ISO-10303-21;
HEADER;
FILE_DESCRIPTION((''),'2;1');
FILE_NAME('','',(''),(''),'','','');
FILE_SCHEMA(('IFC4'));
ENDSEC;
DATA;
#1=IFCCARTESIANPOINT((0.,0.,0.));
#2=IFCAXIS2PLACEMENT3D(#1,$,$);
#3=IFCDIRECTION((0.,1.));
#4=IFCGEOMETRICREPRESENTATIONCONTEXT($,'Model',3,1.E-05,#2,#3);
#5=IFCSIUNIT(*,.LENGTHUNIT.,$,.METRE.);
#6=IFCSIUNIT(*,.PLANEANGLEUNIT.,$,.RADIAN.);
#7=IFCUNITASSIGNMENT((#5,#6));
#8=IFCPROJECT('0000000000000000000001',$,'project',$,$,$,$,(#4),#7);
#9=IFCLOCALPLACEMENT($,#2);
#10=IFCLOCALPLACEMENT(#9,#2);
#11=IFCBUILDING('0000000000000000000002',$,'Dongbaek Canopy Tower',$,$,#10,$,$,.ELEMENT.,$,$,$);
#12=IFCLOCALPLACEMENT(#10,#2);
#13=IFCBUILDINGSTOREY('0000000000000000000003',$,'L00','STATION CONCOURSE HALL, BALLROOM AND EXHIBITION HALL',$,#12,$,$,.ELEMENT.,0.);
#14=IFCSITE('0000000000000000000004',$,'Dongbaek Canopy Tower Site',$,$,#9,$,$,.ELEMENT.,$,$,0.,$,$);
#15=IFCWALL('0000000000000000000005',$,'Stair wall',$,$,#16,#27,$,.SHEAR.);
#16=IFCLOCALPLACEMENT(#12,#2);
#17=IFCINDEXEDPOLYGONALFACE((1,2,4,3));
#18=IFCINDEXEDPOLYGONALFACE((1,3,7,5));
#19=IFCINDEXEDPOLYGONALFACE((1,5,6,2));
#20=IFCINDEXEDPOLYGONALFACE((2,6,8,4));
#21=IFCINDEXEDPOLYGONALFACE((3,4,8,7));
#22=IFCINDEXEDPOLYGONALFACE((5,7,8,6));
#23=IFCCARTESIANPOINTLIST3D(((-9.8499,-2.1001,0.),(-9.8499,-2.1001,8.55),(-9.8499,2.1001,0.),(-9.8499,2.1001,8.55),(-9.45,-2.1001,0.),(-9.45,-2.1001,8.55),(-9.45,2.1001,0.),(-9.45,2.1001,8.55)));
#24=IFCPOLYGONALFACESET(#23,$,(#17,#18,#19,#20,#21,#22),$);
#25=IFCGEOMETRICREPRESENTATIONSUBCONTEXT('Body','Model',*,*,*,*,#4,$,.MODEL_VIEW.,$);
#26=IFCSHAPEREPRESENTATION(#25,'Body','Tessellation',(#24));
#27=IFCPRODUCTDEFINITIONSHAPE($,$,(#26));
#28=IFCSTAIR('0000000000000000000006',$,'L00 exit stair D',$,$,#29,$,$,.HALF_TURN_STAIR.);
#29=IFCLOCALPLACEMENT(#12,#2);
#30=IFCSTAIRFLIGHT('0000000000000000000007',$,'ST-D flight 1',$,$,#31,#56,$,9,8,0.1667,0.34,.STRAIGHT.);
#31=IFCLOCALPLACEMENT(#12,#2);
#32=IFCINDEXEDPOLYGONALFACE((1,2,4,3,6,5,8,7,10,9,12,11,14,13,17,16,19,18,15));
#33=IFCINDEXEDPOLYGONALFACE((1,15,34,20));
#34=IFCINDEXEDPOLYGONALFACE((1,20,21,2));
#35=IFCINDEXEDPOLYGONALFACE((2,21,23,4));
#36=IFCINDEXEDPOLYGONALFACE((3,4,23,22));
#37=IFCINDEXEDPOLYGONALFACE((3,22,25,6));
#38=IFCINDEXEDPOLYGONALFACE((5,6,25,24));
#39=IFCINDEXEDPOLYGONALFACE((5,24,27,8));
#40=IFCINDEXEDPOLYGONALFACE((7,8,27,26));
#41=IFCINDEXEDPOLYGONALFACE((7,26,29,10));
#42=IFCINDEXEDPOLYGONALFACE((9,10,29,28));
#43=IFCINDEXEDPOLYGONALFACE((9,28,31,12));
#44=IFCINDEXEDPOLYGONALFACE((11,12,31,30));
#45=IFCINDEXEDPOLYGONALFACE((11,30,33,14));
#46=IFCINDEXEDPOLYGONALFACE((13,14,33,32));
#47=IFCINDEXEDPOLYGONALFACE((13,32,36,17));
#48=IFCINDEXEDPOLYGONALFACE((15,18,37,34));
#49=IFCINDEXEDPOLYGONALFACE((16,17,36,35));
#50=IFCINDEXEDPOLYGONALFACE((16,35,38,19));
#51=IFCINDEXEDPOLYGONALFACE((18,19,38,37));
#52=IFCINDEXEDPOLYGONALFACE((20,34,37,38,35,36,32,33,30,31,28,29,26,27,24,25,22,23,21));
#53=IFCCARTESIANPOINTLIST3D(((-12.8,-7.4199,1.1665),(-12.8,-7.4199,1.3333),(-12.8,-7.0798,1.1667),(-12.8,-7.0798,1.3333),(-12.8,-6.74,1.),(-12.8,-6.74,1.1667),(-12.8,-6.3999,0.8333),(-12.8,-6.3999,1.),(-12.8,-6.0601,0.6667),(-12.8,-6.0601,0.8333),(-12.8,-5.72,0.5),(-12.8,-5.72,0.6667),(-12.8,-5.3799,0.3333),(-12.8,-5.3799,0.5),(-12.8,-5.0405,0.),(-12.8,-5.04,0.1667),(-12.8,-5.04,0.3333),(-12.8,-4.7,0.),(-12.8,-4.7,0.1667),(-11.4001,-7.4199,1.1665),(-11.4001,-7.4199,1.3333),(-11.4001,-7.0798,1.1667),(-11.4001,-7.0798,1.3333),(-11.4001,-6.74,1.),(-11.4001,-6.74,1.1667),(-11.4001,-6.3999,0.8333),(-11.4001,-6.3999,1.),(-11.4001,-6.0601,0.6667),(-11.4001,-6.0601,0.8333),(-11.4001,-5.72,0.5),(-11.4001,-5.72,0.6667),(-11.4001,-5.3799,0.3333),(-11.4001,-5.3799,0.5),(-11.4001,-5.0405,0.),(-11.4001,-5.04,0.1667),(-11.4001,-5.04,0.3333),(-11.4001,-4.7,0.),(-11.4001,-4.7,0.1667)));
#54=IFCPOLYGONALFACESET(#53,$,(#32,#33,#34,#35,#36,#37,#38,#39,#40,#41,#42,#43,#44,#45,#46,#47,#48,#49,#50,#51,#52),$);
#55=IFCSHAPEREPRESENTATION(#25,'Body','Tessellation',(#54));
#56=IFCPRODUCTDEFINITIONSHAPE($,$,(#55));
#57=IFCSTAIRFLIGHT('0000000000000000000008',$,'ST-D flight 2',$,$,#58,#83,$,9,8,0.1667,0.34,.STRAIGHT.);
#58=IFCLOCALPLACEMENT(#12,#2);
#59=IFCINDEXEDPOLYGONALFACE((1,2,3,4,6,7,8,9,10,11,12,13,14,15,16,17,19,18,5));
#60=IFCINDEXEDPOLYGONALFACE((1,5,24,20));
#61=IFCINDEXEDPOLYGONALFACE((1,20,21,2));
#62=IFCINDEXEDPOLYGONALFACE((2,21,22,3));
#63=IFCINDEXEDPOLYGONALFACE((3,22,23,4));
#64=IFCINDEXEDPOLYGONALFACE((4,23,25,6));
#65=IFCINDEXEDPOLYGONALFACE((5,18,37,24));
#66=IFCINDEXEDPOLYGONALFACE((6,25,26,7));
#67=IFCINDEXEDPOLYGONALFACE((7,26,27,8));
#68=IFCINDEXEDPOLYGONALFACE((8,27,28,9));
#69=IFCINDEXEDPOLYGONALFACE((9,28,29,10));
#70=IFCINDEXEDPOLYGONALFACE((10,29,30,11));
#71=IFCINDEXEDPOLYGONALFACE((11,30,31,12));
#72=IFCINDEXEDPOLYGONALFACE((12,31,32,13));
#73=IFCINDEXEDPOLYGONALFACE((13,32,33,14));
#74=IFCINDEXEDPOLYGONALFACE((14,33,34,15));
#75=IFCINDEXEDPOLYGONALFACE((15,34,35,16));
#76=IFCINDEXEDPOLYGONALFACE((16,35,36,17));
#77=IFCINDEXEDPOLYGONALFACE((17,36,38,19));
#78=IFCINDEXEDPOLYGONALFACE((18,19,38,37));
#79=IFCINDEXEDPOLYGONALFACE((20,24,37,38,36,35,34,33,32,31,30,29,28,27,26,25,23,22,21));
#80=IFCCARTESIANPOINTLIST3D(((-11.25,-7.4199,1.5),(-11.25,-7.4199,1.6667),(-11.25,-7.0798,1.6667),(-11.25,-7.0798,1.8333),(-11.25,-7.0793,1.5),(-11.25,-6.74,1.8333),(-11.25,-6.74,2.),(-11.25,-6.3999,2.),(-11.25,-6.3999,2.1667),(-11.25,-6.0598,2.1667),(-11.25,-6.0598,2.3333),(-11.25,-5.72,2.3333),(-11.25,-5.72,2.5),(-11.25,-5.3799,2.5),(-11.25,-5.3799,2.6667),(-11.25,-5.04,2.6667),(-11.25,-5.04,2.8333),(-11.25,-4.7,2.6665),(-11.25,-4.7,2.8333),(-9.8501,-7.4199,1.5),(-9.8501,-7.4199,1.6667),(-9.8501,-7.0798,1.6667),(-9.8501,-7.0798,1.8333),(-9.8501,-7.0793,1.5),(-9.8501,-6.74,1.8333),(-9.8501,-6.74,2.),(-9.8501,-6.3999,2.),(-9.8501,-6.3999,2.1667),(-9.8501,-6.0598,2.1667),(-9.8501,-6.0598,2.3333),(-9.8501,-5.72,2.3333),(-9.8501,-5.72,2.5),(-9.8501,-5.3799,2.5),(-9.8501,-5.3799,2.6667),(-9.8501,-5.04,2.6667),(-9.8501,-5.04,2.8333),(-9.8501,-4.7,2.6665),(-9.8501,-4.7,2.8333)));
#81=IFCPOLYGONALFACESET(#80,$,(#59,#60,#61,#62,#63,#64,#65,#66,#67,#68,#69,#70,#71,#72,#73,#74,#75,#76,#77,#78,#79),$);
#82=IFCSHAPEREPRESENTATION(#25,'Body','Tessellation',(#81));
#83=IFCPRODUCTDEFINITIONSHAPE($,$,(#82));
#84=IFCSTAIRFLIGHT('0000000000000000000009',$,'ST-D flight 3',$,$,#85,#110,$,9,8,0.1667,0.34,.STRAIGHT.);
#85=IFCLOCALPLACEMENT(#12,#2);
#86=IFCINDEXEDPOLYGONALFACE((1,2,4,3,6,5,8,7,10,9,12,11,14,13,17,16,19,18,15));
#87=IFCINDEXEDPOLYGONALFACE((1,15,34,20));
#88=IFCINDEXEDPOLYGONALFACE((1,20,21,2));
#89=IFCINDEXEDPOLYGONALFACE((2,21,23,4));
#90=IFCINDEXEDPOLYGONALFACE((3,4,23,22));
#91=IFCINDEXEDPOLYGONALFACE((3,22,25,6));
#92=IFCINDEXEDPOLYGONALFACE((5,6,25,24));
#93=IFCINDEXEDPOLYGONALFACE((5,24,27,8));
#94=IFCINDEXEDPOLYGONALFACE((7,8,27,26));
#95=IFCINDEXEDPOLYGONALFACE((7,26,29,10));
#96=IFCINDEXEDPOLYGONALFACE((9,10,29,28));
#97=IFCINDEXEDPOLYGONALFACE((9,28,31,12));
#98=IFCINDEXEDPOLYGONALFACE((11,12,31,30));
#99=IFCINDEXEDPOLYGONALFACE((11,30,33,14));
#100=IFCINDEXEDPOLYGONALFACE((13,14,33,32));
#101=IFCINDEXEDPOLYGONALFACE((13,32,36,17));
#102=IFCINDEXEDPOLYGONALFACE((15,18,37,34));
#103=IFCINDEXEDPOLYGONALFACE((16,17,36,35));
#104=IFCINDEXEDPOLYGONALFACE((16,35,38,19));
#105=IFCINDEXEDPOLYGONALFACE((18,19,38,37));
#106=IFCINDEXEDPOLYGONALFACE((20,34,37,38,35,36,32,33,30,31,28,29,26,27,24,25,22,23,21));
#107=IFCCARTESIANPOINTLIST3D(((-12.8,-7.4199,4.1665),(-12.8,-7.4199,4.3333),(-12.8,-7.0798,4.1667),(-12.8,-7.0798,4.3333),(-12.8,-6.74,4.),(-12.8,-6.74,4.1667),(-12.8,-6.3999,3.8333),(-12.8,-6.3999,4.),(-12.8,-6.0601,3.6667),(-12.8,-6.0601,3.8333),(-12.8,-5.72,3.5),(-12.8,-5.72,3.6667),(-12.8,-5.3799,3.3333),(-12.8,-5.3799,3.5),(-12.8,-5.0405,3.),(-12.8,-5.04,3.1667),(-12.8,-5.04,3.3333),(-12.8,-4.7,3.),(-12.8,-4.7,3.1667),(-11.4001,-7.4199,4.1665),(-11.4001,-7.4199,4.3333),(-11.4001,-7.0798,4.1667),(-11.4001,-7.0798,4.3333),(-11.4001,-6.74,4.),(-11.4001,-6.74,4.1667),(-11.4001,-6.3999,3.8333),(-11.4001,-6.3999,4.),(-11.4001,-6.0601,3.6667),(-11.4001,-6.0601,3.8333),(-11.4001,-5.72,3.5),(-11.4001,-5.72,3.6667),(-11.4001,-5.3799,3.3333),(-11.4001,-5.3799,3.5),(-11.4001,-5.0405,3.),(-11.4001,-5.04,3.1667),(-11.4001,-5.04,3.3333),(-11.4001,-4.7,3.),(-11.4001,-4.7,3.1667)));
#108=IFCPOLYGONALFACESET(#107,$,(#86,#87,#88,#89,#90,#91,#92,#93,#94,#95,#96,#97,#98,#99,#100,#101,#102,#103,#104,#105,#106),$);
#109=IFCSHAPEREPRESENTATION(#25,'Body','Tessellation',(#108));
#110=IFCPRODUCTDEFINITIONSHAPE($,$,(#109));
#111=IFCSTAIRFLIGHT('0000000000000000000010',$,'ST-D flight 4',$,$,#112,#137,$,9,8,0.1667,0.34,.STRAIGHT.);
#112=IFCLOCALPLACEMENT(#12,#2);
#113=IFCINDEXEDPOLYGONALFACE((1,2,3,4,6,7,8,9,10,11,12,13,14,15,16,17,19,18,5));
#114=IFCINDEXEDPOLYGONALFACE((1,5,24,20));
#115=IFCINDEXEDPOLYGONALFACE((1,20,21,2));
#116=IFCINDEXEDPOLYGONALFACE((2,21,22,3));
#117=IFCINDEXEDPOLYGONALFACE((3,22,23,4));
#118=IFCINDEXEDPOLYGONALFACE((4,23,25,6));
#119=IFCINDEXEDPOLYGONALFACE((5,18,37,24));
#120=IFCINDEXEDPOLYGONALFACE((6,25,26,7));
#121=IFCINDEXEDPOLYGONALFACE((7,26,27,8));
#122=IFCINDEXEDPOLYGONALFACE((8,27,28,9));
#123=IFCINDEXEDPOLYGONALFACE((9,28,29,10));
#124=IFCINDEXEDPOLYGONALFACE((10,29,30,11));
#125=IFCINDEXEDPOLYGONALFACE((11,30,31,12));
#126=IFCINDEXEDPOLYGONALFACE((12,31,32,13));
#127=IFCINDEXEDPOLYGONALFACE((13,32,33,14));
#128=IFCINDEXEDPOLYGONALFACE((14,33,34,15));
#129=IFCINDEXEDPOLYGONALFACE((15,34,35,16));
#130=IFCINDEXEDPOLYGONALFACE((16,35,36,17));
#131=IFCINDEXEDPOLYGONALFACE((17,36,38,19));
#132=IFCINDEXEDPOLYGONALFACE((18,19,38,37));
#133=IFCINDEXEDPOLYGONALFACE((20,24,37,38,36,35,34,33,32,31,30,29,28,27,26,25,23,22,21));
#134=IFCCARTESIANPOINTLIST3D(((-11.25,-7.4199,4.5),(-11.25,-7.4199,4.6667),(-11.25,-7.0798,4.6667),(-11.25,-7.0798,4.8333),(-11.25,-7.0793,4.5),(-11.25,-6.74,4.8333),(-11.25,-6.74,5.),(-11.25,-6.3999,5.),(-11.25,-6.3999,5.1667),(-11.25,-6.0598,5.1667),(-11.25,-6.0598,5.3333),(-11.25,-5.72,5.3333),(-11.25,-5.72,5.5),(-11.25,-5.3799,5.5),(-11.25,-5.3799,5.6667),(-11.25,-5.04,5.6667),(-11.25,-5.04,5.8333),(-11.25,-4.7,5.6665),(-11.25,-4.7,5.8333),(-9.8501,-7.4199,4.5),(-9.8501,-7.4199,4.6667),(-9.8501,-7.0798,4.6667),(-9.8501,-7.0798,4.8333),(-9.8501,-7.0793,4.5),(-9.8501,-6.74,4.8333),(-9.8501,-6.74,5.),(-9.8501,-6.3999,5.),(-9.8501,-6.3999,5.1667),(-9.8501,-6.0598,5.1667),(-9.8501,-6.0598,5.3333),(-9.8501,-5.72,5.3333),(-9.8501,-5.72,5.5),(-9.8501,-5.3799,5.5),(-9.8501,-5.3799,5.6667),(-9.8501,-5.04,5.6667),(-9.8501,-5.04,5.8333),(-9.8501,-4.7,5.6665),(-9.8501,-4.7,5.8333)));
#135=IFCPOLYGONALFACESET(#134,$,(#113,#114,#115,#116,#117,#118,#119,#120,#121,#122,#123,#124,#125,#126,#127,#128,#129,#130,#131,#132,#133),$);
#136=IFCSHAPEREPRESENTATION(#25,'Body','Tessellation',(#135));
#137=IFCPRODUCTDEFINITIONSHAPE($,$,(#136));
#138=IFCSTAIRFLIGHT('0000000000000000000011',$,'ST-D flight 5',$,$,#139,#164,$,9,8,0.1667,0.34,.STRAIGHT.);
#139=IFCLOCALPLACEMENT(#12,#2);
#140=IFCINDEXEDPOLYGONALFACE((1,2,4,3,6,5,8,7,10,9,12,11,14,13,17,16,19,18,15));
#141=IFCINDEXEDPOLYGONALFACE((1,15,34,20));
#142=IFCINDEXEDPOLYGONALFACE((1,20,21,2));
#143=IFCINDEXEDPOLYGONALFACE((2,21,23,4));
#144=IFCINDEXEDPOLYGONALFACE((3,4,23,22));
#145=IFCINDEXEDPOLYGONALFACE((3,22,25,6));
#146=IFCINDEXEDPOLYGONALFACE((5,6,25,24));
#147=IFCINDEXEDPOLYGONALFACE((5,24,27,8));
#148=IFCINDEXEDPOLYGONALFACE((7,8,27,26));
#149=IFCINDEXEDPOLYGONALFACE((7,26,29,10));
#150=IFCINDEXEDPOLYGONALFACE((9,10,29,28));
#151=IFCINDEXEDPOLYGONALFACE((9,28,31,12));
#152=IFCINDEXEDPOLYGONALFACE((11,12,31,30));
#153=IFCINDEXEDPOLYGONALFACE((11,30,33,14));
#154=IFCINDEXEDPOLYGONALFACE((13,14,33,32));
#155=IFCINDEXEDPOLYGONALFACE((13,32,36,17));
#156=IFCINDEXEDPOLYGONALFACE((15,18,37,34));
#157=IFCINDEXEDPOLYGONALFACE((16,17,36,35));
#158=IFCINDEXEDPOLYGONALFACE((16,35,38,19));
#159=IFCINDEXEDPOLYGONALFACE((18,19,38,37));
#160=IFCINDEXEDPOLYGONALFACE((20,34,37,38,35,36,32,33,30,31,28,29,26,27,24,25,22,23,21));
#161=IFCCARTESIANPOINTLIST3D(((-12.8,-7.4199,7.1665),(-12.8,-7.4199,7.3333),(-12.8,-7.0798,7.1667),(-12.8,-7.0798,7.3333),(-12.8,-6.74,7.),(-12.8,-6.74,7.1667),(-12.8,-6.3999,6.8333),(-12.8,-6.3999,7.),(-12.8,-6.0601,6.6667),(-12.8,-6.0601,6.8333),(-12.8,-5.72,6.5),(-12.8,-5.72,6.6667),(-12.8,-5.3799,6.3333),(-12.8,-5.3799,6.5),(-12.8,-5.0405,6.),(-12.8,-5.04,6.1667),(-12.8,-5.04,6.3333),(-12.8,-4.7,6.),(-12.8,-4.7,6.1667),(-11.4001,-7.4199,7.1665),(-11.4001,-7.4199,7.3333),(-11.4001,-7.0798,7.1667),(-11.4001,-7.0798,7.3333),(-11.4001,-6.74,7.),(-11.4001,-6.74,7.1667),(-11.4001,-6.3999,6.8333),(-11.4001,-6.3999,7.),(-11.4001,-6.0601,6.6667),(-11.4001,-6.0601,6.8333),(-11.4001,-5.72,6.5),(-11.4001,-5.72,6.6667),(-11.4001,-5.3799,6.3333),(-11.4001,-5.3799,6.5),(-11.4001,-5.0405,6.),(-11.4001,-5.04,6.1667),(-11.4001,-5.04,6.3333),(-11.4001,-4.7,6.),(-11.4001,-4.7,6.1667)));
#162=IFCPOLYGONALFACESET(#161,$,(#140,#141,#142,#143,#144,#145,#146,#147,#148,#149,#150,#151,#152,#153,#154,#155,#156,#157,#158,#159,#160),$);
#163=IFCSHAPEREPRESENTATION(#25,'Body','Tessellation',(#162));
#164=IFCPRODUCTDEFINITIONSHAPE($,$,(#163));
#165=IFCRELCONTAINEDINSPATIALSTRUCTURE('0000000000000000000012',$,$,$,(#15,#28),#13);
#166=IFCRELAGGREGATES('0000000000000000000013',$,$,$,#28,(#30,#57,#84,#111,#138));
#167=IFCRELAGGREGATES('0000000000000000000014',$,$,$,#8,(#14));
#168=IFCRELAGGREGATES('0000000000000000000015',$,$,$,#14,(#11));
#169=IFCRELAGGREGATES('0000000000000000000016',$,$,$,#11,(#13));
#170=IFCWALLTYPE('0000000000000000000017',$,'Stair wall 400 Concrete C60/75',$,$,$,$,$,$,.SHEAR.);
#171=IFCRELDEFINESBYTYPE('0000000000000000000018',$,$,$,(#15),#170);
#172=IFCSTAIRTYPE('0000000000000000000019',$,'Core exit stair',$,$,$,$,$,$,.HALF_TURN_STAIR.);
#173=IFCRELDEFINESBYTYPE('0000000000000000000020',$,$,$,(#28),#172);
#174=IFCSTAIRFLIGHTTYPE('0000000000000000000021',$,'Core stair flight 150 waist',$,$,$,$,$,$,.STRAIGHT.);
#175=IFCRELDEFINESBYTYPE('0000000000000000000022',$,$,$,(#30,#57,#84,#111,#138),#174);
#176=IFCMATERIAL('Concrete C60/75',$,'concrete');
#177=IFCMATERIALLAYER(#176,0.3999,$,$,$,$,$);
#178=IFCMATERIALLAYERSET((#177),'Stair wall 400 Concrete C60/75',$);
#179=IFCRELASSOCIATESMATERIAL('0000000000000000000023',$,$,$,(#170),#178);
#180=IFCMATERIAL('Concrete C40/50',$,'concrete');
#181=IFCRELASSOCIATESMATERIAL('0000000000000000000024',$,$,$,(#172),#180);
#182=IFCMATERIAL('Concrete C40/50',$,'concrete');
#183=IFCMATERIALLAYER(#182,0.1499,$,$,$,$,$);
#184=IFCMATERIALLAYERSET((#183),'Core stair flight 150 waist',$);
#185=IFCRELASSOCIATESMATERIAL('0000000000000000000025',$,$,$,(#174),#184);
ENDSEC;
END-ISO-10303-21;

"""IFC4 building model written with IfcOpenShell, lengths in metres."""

from ifc_helpers import new_model, si_unit, direction, frame, frame_2d, origin, place, context, subcontext, project, spatial, polyline, rectangle, outline, extrude, material, layer, layer_set, type_object, element, aggregate, save


model = new_model("IFC4")

# Units and contexts
model_context = context("Model", 3, precision=1e-05, world=origin(), true_north=direction((0.0, 1.0)))
body_context = subcontext(model_context, "Body", "Model", "MODEL_VIEW")
ifc_project = project(units=[si_unit("LENGTHUNIT", "METRE"), si_unit("PLANEANGLEUNIT", "RADIAN")], contexts=[model_context])

# Site, building, storey
site_placement = place(None, origin())
site = spatial("IfcSite", under=ifc_project, at=site_placement, Name="Dongbaek Canopy Tower Site", CompositionType="ELEMENT", RefElevation=0.0)
building_placement = place(site_placement, origin())
building = spatial("IfcBuilding", under=site, at=building_placement, Name="Dongbaek Canopy Tower", CompositionType="ELEMENT")
storey_placement = place(building_placement, origin())
storey = spatial("IfcBuildingStorey", under=building, at=storey_placement, Name="L00", Description="STATION CONCOURSE HALL, BALLROOM AND EXHIBITION HALL", CompositionType="ELEMENT", Elevation=0.0)

# Wall
ifc_material_1 = material(Name="Concrete C60/75", Category="concrete")
ifc_layer_1 = layer(ifc_material_1, 0.3999)
ifc_layer_set_1 = layer_set([ifc_layer_1], Name="Stair wall 400 Concrete C60/75")
wall_type = type_object("IfcWallType", Name="Stair wall 400 Concrete C60/75", PredefinedType="SHEAR", material=ifc_layer_set_1)
wall_placement = place(storey_placement, frame((-9.6499, -2.1001, 0.0), z_axis=(0.0, 0.0, 1.0), x_axis=(0.0, 1.0, 0.0)))
element("IfcWall", 1, at=wall_placement, inside=storey, type_object=wall_type, Name="Stair wall", PredefinedType="SHEAR", context=body_context, shape_type="SweptSolid", body=[
    extrude(rectangle(XDim=4.2002, YDim=0.3999, at=frame_2d((2.1001, 0.0))), origin(), (0.0, 0.0, 1.0), 8.55),
])

# Stair, stair flights
ifc_material_2 = material(Name="Concrete C40/50", Category="concrete")
stair_type = type_object("IfcStairType", Name="Core exit stair", PredefinedType="HALF_TURN_STAIR", material=ifc_material_2)
stair_placement = place(storey_placement, origin())
stair = element("IfcStair", 2, at=stair_placement, inside=storey, type_object=stair_type, Name="L00 exit stair D", PredefinedType="HALF_TURN_STAIR")
ifc_material_3 = material(Name="Concrete C40/50", Category="concrete")
ifc_layer_2 = layer(ifc_material_3, 0.1499)
ifc_layer_set_2 = layer_set([ifc_layer_2], Name="Core stair flight 150 waist")
stair_flight_type = type_object("IfcStairFlightType", Name="Core stair flight 150 waist", PredefinedType="STRAIGHT", material=ifc_layer_set_2)
stair_flight_1_placement = place(storey_placement, frame((-12.1001, -4.7, 0.0), z_axis=(0.0, 0.0, 1.0), x_axis=(0.0, -1.0, 0.0)))
stair_flight_1 = element("IfcStairFlight", 3, at=stair_flight_1_placement, type_object=stair_flight_type, Name="ST-D flight 1", NumberOfRisers=9, NumberOfTreads=8, PredefinedType="STRAIGHT", RiserHeight=0.1667, TreadLength=0.34, context=body_context, shape_type="SweptSolid", body=[
    extrude(outline(polyline([(0.0, 0.0), (0.0, 0.1667), (0.3401, 0.1667), (0.3401, 0.3333), (0.6799, 0.3333), (0.6799, 0.5), (1.02, 0.5), (1.02, 0.6667), (1.3601, 0.6667), (1.3601, 0.8333), (1.7, 0.8333), (1.7, 1.0), (2.04, 1.0), (2.04, 1.1667), (2.3799, 1.1667), (2.3799, 1.3333), (2.72, 1.3333), (2.72, 1.5), (2.72, 1.1665), (0.3406, 0.0), (0.0, 0.0)])), frame((0.0, 0.7, 0.0), z_axis=(0.0, -1.0, 0.0), x_axis=(1.0, 0.0, 0.0)), (0.0, 0.0, 1.0), 1.3999),
])
stair_flight_2_placement = place(storey_placement, frame((-10.55, -7.4199, 1.5), z_axis=(0.0, 0.0, 1.0), x_axis=(0.0, 1.0, 0.0)))
stair_flight_2 = element("IfcStairFlight", 4, at=stair_flight_2_placement, type_object=stair_flight_type, Name="ST-D flight 2", NumberOfRisers=9, NumberOfTreads=8, PredefinedType="STRAIGHT", RiserHeight=0.1667, TreadLength=0.34, context=body_context, shape_type="SweptSolid", body=[
    extrude(outline(polyline([(0.0, 0.0), (0.0, 0.1667), (0.3401, 0.1667), (0.3401, 0.3333), (0.6799, 0.3333), (0.6799, 0.5), (1.02, 0.5), (1.02, 0.6667), (1.3601, 0.6667), (1.3601, 0.8333), (1.7, 0.8333), (1.7, 1.0), (2.04, 1.0), (2.04, 1.1667), (2.3799, 1.1667), (2.3799, 1.3333), (2.72, 1.3333), (2.72, 1.5), (2.72, 1.1665), (0.3406, 0.0), (0.0, 0.0)])), frame((0.0, 0.7, 0.0), z_axis=(0.0, -1.0, 0.0), x_axis=(1.0, 0.0, 0.0)), (0.0, 0.0, 1.0), 1.3999),
])
stair_flight_3_placement = place(storey_placement, frame((-12.1001, -4.7, 3.0), z_axis=(0.0, 0.0, 1.0), x_axis=(0.0, -1.0, 0.0)))
stair_flight_3 = element("IfcStairFlight", 5, at=stair_flight_3_placement, type_object=stair_flight_type, Name="ST-D flight 3", NumberOfRisers=9, NumberOfTreads=8, PredefinedType="STRAIGHT", RiserHeight=0.1667, TreadLength=0.34, context=body_context, shape_type="SweptSolid", body=[
    extrude(outline(polyline([(0.0, 0.0), (0.0, 0.1667), (0.3401, 0.1667), (0.3401, 0.3333), (0.6799, 0.3333), (0.6799, 0.5), (1.02, 0.5), (1.02, 0.6667), (1.3601, 0.6667), (1.3601, 0.8333), (1.7, 0.8333), (1.7, 1.0), (2.04, 1.0), (2.04, 1.1667), (2.3799, 1.1667), (2.3799, 1.3333), (2.72, 1.3333), (2.72, 1.5), (2.72, 1.1665), (0.3406, 0.0), (0.0, 0.0)])), frame((0.0, 0.7, 0.0), z_axis=(0.0, -1.0, 0.0), x_axis=(1.0, 0.0, 0.0)), (0.0, 0.0, 1.0), 1.3999),
])
stair_flight_4_placement = place(storey_placement, frame((-10.55, -7.4199, 4.5), z_axis=(0.0, 0.0, 1.0), x_axis=(0.0, 1.0, 0.0)))
stair_flight_4 = element("IfcStairFlight", 6, at=stair_flight_4_placement, type_object=stair_flight_type, Name="ST-D flight 4", NumberOfRisers=9, NumberOfTreads=8, PredefinedType="STRAIGHT", RiserHeight=0.1667, TreadLength=0.34, context=body_context, shape_type="SweptSolid", body=[
    extrude(outline(polyline([(0.0, 0.0), (0.0, 0.1667), (0.3401, 0.1667), (0.3401, 0.3333), (0.6799, 0.3333), (0.6799, 0.5), (1.02, 0.5), (1.02, 0.6667), (1.3601, 0.6667), (1.3601, 0.8333), (1.7, 0.8333), (1.7, 1.0), (2.04, 1.0), (2.04, 1.1667), (2.3799, 1.1667), (2.3799, 1.3333), (2.72, 1.3333), (2.72, 1.5), (2.72, 1.1665), (0.3406, 0.0), (0.0, 0.0)])), frame((0.0, 0.7, 0.0), z_axis=(0.0, -1.0, 0.0), x_axis=(1.0, 0.0, 0.0)), (0.0, 0.0, 1.0), 1.3999),
])
stair_flight_5_placement = place(storey_placement, frame((-12.1001, -4.7, 6.0), z_axis=(0.0, 0.0, 1.0), x_axis=(0.0, -1.0, 0.0)))
stair_flight_5 = element("IfcStairFlight", 7, at=stair_flight_5_placement, type_object=stair_flight_type, Name="ST-D flight 5", NumberOfRisers=9, NumberOfTreads=8, PredefinedType="STRAIGHT", RiserHeight=0.1667, TreadLength=0.34, context=body_context, shape_type="SweptSolid", body=[
    extrude(outline(polyline([(0.0, 0.0), (0.0, 0.1667), (0.3401, 0.1667), (0.3401, 0.3333), (0.6799, 0.3333), (0.6799, 0.5), (1.02, 0.5), (1.02, 0.6667), (1.3601, 0.6667), (1.3601, 0.8333), (1.7, 0.8333), (1.7, 1.0), (2.04, 1.0), (2.04, 1.1667), (2.3799, 1.1667), (2.3799, 1.3333), (2.72, 1.3333), (2.72, 1.5), (2.72, 1.1665), (0.3406, 0.0), (0.0, 0.0)])), frame((0.0, 0.7, 0.0), z_axis=(0.0, -1.0, 0.0), x_axis=(1.0, 0.0, 0.0)), (0.0, 0.0, 1.0), 1.3999),
])
aggregate(stair, [stair_flight_1, stair_flight_2, stair_flight_3, stair_flight_4, stair_flight_5])

save(model, "model.ifc")
